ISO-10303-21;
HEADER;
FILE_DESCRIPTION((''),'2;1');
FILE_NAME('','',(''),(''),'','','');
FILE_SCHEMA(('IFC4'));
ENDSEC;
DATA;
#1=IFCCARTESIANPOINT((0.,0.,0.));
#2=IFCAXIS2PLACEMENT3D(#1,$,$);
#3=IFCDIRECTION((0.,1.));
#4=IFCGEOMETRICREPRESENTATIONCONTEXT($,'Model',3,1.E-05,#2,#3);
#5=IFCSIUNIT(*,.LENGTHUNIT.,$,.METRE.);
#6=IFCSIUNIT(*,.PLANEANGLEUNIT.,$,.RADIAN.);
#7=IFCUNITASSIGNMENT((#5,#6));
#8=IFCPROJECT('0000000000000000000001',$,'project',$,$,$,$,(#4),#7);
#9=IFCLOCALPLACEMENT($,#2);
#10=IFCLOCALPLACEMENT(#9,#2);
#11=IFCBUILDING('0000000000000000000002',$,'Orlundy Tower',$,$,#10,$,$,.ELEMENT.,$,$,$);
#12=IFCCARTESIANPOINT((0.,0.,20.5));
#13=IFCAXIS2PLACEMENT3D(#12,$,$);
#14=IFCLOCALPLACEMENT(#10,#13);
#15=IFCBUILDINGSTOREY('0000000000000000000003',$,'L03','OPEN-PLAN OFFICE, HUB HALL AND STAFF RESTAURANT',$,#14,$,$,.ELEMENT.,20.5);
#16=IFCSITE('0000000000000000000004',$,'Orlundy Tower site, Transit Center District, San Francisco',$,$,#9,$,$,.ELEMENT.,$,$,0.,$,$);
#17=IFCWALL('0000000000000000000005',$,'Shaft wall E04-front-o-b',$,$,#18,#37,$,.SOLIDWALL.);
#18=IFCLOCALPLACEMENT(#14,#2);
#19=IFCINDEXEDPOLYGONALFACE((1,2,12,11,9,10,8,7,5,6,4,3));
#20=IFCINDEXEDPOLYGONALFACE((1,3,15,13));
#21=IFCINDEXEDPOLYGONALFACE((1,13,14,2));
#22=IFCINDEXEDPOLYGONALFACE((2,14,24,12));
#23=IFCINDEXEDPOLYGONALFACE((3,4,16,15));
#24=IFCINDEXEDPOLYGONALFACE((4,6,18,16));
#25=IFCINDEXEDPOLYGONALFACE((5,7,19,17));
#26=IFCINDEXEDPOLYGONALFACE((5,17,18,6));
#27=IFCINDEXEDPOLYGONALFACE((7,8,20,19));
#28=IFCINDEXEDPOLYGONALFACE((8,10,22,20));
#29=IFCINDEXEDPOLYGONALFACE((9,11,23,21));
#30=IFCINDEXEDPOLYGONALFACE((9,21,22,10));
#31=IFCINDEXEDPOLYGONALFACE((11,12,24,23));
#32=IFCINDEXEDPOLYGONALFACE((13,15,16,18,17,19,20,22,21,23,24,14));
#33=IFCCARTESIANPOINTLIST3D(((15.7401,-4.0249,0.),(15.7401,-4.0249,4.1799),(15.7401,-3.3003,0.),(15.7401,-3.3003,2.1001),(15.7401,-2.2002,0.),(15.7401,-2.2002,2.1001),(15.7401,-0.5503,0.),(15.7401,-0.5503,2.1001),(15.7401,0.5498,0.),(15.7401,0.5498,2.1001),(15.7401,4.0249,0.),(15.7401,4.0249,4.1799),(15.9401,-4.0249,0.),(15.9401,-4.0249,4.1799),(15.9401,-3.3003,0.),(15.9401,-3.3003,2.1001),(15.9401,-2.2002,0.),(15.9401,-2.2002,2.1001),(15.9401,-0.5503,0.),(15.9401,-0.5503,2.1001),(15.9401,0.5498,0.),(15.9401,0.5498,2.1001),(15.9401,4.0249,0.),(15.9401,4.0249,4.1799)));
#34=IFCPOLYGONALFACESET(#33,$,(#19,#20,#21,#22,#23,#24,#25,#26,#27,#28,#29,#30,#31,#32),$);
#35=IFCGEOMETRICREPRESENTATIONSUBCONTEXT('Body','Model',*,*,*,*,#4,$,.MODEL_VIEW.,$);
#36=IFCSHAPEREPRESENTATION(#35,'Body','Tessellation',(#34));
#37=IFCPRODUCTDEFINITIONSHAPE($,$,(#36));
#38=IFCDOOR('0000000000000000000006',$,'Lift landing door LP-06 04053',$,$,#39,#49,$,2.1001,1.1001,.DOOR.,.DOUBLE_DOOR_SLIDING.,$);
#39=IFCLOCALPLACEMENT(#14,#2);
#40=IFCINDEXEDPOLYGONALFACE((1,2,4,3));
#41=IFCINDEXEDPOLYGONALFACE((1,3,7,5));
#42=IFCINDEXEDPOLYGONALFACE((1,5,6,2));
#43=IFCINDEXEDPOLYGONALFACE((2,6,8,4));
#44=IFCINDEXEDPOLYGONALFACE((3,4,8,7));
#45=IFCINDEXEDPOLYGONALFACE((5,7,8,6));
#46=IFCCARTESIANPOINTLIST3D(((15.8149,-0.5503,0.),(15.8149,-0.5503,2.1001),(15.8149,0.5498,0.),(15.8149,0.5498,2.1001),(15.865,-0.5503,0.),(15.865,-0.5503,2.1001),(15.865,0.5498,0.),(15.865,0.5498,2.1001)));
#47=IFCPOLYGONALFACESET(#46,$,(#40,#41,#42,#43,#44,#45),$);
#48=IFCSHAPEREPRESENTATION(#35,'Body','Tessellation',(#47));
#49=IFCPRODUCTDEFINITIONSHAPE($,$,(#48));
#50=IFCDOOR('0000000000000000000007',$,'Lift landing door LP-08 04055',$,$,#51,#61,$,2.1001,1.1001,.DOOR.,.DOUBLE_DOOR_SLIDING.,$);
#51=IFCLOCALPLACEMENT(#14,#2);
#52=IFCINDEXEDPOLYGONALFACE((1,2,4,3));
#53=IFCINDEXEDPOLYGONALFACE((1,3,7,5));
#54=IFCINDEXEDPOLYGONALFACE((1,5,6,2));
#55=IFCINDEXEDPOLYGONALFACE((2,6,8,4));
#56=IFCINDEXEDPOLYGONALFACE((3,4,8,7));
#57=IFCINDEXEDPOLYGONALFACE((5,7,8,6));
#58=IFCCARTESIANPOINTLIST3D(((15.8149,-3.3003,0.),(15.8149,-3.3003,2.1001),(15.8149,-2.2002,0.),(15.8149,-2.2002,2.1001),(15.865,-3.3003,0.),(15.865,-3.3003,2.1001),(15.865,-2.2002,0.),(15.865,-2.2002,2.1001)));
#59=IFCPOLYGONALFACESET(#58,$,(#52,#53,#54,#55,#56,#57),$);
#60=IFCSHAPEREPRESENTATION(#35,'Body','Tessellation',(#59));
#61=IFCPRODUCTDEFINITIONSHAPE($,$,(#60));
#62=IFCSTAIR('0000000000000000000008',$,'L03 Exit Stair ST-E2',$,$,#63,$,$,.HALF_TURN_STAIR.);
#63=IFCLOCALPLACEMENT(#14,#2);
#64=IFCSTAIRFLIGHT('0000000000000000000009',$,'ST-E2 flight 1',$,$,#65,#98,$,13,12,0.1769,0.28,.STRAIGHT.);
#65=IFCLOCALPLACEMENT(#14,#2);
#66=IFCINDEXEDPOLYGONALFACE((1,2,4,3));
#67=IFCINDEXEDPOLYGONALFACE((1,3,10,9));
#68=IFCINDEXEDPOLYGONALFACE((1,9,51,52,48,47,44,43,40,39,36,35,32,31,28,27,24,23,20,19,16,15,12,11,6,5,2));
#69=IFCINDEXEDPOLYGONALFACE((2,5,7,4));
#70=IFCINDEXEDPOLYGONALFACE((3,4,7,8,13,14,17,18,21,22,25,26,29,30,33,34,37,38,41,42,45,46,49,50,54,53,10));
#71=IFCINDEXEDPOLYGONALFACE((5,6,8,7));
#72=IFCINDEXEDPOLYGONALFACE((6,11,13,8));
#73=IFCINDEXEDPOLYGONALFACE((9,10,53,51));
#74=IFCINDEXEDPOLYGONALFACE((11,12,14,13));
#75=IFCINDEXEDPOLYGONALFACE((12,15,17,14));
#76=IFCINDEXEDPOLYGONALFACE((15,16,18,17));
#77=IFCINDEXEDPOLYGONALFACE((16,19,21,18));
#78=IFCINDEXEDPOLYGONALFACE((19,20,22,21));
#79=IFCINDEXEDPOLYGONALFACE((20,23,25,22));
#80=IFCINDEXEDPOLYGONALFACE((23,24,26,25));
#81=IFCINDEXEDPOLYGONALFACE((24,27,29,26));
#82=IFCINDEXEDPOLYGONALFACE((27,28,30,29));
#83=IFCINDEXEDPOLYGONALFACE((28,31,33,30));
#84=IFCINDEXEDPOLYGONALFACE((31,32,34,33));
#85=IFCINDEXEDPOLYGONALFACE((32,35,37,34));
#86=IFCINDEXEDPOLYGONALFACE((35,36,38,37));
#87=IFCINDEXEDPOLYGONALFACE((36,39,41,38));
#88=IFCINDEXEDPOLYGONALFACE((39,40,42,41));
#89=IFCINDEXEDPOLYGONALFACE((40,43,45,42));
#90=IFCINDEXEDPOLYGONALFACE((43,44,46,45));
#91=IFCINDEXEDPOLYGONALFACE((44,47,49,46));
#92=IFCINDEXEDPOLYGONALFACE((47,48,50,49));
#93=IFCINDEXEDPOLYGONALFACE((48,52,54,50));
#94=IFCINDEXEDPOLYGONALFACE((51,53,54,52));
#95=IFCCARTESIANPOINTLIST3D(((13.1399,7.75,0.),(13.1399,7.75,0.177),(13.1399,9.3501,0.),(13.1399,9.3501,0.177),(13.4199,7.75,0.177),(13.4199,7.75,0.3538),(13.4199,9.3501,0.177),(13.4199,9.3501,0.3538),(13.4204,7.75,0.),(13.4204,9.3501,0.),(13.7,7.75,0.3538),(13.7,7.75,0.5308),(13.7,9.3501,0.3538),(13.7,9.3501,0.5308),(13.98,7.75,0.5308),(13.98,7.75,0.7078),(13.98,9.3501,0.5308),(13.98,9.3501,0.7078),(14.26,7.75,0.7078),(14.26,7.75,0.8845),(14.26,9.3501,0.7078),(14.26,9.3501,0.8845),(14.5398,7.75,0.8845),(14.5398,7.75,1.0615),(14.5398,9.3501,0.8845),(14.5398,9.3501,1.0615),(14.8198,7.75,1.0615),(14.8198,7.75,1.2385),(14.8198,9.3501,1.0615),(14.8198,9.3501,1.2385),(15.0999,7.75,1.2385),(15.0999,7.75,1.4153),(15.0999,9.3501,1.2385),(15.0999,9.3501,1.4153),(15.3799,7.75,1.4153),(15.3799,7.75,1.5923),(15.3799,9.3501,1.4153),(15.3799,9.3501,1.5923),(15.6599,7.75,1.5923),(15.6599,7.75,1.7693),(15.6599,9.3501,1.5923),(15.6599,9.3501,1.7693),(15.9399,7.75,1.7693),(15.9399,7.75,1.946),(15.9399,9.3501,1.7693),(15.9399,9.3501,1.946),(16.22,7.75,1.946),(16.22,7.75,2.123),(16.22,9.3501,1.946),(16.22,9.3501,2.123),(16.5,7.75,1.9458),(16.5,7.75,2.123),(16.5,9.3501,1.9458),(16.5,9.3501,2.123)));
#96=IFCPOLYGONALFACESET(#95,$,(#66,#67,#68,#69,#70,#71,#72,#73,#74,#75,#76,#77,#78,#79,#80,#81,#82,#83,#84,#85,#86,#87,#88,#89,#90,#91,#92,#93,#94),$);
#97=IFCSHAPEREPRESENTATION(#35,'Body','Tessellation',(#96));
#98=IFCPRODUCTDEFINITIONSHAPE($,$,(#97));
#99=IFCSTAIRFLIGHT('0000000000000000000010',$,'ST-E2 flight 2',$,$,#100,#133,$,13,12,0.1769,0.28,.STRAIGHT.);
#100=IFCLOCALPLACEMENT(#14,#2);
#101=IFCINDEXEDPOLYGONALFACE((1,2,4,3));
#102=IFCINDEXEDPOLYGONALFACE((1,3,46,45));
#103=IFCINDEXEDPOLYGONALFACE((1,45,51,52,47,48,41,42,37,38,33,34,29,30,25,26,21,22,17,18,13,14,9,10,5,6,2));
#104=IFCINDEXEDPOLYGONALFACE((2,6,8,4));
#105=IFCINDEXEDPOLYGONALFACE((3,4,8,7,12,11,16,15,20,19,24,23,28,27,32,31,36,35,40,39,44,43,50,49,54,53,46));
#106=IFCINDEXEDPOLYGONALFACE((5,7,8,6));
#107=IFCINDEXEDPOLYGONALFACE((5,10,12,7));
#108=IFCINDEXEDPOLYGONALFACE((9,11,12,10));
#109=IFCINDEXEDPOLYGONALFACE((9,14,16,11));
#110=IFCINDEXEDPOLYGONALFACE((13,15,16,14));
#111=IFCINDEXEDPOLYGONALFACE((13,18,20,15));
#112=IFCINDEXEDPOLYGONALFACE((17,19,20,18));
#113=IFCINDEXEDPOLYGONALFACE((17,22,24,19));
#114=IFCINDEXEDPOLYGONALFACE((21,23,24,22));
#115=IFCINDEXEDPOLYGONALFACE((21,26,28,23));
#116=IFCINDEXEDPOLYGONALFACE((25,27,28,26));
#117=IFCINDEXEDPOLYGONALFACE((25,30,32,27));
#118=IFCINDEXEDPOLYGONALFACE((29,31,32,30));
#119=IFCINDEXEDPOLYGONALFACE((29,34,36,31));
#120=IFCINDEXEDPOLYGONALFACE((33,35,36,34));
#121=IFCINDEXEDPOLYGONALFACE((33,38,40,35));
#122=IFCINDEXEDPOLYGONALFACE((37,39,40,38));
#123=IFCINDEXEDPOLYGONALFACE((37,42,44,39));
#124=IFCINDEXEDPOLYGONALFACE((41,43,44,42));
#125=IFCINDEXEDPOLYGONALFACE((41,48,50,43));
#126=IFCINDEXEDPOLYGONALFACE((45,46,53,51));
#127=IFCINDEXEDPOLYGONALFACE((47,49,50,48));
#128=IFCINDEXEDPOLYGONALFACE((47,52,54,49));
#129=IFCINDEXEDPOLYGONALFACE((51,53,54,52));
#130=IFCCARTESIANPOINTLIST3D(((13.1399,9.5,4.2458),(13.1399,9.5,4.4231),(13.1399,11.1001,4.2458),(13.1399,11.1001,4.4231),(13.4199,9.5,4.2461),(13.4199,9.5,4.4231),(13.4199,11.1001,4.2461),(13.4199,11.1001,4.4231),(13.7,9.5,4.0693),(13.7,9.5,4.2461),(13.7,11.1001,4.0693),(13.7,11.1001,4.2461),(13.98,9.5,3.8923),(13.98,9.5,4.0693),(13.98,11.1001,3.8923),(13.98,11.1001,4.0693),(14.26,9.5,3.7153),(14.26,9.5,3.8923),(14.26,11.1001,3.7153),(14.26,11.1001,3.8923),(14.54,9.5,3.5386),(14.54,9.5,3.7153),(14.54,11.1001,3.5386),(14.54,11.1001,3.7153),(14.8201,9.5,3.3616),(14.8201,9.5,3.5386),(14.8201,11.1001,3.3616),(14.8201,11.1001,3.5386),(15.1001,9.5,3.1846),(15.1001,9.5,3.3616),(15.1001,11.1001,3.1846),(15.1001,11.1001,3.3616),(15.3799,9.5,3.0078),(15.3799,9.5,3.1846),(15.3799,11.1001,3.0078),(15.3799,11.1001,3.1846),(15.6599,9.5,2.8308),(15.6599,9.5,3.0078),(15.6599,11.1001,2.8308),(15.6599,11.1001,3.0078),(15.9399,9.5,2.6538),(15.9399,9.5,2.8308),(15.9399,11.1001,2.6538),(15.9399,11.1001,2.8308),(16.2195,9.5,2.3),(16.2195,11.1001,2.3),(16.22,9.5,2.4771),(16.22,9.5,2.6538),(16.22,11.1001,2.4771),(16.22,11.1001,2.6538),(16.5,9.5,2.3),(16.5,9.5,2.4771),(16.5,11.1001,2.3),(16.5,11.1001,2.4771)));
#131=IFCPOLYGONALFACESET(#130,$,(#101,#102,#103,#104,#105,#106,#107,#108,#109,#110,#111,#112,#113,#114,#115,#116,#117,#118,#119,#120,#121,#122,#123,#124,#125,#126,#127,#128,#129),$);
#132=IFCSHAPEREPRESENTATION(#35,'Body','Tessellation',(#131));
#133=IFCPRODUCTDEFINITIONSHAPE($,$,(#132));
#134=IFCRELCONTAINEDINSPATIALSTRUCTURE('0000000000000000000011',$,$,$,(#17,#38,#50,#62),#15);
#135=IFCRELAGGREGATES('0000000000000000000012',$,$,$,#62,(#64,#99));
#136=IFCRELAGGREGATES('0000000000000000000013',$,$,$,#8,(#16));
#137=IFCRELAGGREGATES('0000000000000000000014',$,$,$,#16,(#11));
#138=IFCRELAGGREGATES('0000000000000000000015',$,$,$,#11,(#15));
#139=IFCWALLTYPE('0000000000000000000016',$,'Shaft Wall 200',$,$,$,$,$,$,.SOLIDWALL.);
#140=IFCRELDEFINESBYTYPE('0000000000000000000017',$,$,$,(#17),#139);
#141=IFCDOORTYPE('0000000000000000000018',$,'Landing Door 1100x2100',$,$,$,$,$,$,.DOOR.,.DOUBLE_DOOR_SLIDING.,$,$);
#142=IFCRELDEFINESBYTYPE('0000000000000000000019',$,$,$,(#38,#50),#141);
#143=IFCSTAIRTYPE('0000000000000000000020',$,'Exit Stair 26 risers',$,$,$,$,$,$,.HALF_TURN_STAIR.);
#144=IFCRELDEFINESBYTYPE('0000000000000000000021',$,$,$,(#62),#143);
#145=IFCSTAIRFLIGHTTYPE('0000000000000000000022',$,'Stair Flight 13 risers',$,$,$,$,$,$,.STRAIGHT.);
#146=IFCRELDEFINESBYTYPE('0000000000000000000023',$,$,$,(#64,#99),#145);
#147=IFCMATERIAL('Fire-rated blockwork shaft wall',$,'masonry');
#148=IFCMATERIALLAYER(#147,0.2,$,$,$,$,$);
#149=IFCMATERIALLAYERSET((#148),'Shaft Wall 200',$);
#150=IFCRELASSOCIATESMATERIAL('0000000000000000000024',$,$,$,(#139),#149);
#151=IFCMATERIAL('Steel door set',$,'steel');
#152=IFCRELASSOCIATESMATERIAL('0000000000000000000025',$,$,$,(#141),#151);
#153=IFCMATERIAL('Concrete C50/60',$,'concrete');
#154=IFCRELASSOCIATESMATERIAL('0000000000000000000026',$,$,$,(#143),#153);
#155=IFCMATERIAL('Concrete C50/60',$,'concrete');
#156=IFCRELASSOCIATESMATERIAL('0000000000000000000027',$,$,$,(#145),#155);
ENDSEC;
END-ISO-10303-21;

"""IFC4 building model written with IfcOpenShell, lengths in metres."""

from ifc_helpers import new_model, si_unit, direction, frame, frame_2d, origin, place, context, subcontext, project, spatial, polyline, rectangle, outline, extrude, material, layer, layer_set, type_object, element, fill, aggregate, save


model = new_model("IFC4")

# Units and contexts
model_context = context("Model", 3, precision=1e-05, world=origin(), true_north=direction((0.0, 1.0)))
body_context = subcontext(model_context, "Body", "Model", "MODEL_VIEW")
ifc_project = project(units=[si_unit("LENGTHUNIT", "METRE"), si_unit("PLANEANGLEUNIT", "RADIAN")], contexts=[model_context])

# Site, building, storey
site_placement = place(None, origin())
site = spatial("IfcSite", under=ifc_project, at=site_placement, Name="Orlundy Tower site, Transit Center District, San Francisco", CompositionType="ELEMENT", RefElevation=0.0)
building_placement = place(site_placement, origin())
building = spatial("IfcBuilding", under=site, at=building_placement, Name="Orlundy Tower", CompositionType="ELEMENT")
storey_placement = place(building_placement, frame((0.0, 0.0, 20.5)))
storey = spatial("IfcBuildingStorey", under=building, at=storey_placement, Name="L03", Description="OPEN-PLAN OFFICE, HUB HALL AND STAFF RESTAURANT", CompositionType="ELEMENT", Elevation=20.5)

# Shared definitions
ifc_material_1 = material(Name="Fire-rated blockwork shaft wall", Category="masonry")
ifc_layer_1 = layer(ifc_material_1, 0.2)
ifc_layer_set_1 = layer_set([ifc_layer_1], Name="Shaft Wall 200")
wall_type_1 = type_object("IfcWallType", Name="Shaft Wall 200", PredefinedType="SOLIDWALL", material=ifc_layer_set_1)

# Shared definitions
ifc_material_2 = material(Name="Steel door set", Category="steel")
door_type_1 = type_object("IfcDoorType", Name="Landing Door 1100x2100", OperationType="DOUBLE_DOOR_SLIDING", PredefinedType="DOOR", material=ifc_material_2)

# Wall, openings, doors
wall_1_placement = place(storey_placement, frame((15.8401, 4.0249, 0.0), z_axis=(0.0, 0.0, 1.0), x_axis=(0.0, -1.0, 0.0)))
wall_1 = element("IfcWall", 1, at=wall_1_placement, inside=storey, type_object=wall_type_1, Name="Shaft wall E04-front-o-b", PredefinedType="SOLIDWALL", context=body_context, shape_type="SweptSolid", body=[
    extrude(rectangle(XDim=8.0498, YDim=0.2, at=frame_2d((4.0249, 0.0))), origin(), (0.0, 0.0, 1.0), 4.1799),
])
opening_1_placement = place(wall_1_placement, frame((3.4751, 0.0, 0.0)))
opening_1 = element("IfcOpeningElement", 2, at=opening_1_placement, cuts=wall_1, PredefinedType="OPENING", context=body_context, shape_type="SweptSolid", body=[
    extrude(rectangle(XDim=1.1001, YDim=2.1001, at=frame_2d((0.55, 1.05))), frame((0.0, 0.1101, 0.0), z_axis=(0.0, -1.0, 0.0), x_axis=(1.0, 0.0, 0.0)), (0.0, 0.0, 1.0), 0.2202),
])
opening_2_placement = place(wall_1_placement, frame((6.2251, 0.0, 0.0)))
opening_2 = element("IfcOpeningElement", 3, at=opening_2_placement, cuts=wall_1, PredefinedType="OPENING", context=body_context, shape_type="SweptSolid", body=[
    extrude(rectangle(XDim=1.1001, YDim=2.1001, at=frame_2d((0.55, 1.05))), frame((0.0, 0.1101, 0.0), z_axis=(0.0, -1.0, 0.0), x_axis=(1.0, 0.0, 0.0)), (0.0, 0.0, 1.0), 0.2202),
])
door_1_placement = place(opening_1_placement, origin())
door_1 = element("IfcDoor", 4, at=door_1_placement, inside=storey, type_object=door_type_1, Name="Lift landing door LP-06 04053", OperationType="DOUBLE_DOOR_SLIDING", OverallHeight=2.1001, OverallWidth=1.1001, PredefinedType="DOOR", context=body_context, shape_type="SweptSolid", body=[
    extrude(rectangle(XDim=1.1001, YDim=2.1001, at=frame_2d((0.55, 1.05))), frame((0.0, 0.0249, 0.0), z_axis=(0.0, -1.0, 0.0), x_axis=(1.0, 0.0, 0.0)), (0.0, 0.0, 1.0), 0.05),
])
fill(opening_1, door_1)
door_2_placement = place(opening_2_placement, origin())
door_2 = element("IfcDoor", 5, at=door_2_placement, inside=storey, type_object=door_type_1, Name="Lift landing door LP-08 04055", OperationType="DOUBLE_DOOR_SLIDING", OverallHeight=2.1001, OverallWidth=1.1001, PredefinedType="DOOR", context=body_context, shape_type="SweptSolid", body=[
    extrude(rectangle(XDim=1.1001, YDim=2.1001, at=frame_2d((0.55, 1.05))), frame((0.0, 0.0249, 0.0), z_axis=(0.0, -1.0, 0.0), x_axis=(1.0, 0.0, 0.0)), (0.0, 0.0, 1.0), 0.05),
])
fill(opening_2, door_2)

# Stair, stair flights
ifc_material_3 = material(Name="Concrete C50/60", Category="concrete")
stair_type = type_object("IfcStairType", Name="Exit Stair 26 risers", PredefinedType="HALF_TURN_STAIR", material=ifc_material_3)
stair_placement = place(storey_placement, origin())
stair = element("IfcStair", 6, at=stair_placement, inside=storey, type_object=stair_type, Name="L03 Exit Stair ST-E2", PredefinedType="HALF_TURN_STAIR")
ifc_material_4 = material(Name="Concrete C50/60", Category="concrete")
stair_flight_type = type_object("IfcStairFlightType", Name="Stair Flight 13 risers", PredefinedType="STRAIGHT", material=ifc_material_4)
stair_flight_1_placement = place(storey_placement, frame((13.1399, 8.55, 0.0), z_axis=(0.0, 0.0, 1.0), x_axis=(1.0, 0.0, 0.0)))
stair_flight_1 = element("IfcStairFlight", 7, at=stair_flight_1_placement, type_object=stair_flight_type, Name="ST-E2 flight 1", NumberOfRisers=13, NumberOfTreads=12, PredefinedType="STRAIGHT", RiserHeight=0.1769, TreadLength=0.28, context=body_context, shape_type="SweptSolid", body=[
    extrude(outline(polyline([(0.0, 0.0), (0.0, 0.177), (0.28, 0.177), (0.28, 0.3538), (0.5601, 0.3538), (0.5601, 0.5308), (0.8401, 0.5308), (0.8401, 0.7078), (1.1201, 0.7078), (1.1201, 0.8845), (1.3999, 0.8845), (1.3999, 1.0615), (1.6799, 1.0615), (1.6799, 1.2385), (1.96, 1.2385), (1.96, 1.4153), (2.24, 1.4153), (2.24, 1.5923), (2.52, 1.5923), (2.52, 1.7693), (2.8, 1.7693), (2.8, 1.946), (3.0801, 1.946), (3.0801, 2.123), (3.3601, 2.123), (3.3601, 2.3), (3.3601, 1.9458), (0.2805, 0.0), (0.0, 0.0)])), frame((0.0, 0.8, 0.0), z_axis=(0.0, -1.0, 0.0), x_axis=(1.0, 0.0, 0.0)), (0.0, 0.0, 1.0), 1.6001),
])
stair_flight_2_placement = place(storey_placement, frame((16.5, 10.3, 2.3), z_axis=(0.0, 0.0, 1.0), x_axis=(-1.0, 0.0, 0.0)))
stair_flight_2 = element("IfcStairFlight", 8, at=stair_flight_2_placement, type_object=stair_flight_type, Name="ST-E2 flight 2", NumberOfRisers=13, NumberOfTreads=12, PredefinedType="STRAIGHT", RiserHeight=0.1769, TreadLength=0.28, context=body_context, shape_type="SweptSolid", body=[
    extrude(outline(polyline([(0.0, 0.0), (0.0, 0.177), (0.28, 0.177), (0.28, 0.3538), (0.5601, 0.3538), (0.5601, 0.5308), (0.8401, 0.5308), (0.8401, 0.7078), (1.1201, 0.7078), (1.1201, 0.8845), (1.3999, 0.8845), (1.3999, 1.0615), (1.6799, 1.0615), (1.6799, 1.2385), (1.96, 1.2385), (1.96, 1.4153), (2.24, 1.4153), (2.24, 1.5923), (2.52, 1.5923), (2.52, 1.7693), (2.8, 1.7693), (2.8, 1.946), (3.0801, 1.946), (3.0801, 2.123), (3.3601, 2.123), (3.3601, 2.3), (3.3601, 1.9458), (0.2805, 0.0), (0.0, 0.0)])), frame((0.0, 0.8, 0.0), z_axis=(0.0, -1.0, 0.0), x_axis=(1.0, 0.0, 0.0)), (0.0, 0.0, 1.0), 1.6001),
])
aggregate(stair, [stair_flight_1, stair_flight_2])

save(model, "model.ifc")
